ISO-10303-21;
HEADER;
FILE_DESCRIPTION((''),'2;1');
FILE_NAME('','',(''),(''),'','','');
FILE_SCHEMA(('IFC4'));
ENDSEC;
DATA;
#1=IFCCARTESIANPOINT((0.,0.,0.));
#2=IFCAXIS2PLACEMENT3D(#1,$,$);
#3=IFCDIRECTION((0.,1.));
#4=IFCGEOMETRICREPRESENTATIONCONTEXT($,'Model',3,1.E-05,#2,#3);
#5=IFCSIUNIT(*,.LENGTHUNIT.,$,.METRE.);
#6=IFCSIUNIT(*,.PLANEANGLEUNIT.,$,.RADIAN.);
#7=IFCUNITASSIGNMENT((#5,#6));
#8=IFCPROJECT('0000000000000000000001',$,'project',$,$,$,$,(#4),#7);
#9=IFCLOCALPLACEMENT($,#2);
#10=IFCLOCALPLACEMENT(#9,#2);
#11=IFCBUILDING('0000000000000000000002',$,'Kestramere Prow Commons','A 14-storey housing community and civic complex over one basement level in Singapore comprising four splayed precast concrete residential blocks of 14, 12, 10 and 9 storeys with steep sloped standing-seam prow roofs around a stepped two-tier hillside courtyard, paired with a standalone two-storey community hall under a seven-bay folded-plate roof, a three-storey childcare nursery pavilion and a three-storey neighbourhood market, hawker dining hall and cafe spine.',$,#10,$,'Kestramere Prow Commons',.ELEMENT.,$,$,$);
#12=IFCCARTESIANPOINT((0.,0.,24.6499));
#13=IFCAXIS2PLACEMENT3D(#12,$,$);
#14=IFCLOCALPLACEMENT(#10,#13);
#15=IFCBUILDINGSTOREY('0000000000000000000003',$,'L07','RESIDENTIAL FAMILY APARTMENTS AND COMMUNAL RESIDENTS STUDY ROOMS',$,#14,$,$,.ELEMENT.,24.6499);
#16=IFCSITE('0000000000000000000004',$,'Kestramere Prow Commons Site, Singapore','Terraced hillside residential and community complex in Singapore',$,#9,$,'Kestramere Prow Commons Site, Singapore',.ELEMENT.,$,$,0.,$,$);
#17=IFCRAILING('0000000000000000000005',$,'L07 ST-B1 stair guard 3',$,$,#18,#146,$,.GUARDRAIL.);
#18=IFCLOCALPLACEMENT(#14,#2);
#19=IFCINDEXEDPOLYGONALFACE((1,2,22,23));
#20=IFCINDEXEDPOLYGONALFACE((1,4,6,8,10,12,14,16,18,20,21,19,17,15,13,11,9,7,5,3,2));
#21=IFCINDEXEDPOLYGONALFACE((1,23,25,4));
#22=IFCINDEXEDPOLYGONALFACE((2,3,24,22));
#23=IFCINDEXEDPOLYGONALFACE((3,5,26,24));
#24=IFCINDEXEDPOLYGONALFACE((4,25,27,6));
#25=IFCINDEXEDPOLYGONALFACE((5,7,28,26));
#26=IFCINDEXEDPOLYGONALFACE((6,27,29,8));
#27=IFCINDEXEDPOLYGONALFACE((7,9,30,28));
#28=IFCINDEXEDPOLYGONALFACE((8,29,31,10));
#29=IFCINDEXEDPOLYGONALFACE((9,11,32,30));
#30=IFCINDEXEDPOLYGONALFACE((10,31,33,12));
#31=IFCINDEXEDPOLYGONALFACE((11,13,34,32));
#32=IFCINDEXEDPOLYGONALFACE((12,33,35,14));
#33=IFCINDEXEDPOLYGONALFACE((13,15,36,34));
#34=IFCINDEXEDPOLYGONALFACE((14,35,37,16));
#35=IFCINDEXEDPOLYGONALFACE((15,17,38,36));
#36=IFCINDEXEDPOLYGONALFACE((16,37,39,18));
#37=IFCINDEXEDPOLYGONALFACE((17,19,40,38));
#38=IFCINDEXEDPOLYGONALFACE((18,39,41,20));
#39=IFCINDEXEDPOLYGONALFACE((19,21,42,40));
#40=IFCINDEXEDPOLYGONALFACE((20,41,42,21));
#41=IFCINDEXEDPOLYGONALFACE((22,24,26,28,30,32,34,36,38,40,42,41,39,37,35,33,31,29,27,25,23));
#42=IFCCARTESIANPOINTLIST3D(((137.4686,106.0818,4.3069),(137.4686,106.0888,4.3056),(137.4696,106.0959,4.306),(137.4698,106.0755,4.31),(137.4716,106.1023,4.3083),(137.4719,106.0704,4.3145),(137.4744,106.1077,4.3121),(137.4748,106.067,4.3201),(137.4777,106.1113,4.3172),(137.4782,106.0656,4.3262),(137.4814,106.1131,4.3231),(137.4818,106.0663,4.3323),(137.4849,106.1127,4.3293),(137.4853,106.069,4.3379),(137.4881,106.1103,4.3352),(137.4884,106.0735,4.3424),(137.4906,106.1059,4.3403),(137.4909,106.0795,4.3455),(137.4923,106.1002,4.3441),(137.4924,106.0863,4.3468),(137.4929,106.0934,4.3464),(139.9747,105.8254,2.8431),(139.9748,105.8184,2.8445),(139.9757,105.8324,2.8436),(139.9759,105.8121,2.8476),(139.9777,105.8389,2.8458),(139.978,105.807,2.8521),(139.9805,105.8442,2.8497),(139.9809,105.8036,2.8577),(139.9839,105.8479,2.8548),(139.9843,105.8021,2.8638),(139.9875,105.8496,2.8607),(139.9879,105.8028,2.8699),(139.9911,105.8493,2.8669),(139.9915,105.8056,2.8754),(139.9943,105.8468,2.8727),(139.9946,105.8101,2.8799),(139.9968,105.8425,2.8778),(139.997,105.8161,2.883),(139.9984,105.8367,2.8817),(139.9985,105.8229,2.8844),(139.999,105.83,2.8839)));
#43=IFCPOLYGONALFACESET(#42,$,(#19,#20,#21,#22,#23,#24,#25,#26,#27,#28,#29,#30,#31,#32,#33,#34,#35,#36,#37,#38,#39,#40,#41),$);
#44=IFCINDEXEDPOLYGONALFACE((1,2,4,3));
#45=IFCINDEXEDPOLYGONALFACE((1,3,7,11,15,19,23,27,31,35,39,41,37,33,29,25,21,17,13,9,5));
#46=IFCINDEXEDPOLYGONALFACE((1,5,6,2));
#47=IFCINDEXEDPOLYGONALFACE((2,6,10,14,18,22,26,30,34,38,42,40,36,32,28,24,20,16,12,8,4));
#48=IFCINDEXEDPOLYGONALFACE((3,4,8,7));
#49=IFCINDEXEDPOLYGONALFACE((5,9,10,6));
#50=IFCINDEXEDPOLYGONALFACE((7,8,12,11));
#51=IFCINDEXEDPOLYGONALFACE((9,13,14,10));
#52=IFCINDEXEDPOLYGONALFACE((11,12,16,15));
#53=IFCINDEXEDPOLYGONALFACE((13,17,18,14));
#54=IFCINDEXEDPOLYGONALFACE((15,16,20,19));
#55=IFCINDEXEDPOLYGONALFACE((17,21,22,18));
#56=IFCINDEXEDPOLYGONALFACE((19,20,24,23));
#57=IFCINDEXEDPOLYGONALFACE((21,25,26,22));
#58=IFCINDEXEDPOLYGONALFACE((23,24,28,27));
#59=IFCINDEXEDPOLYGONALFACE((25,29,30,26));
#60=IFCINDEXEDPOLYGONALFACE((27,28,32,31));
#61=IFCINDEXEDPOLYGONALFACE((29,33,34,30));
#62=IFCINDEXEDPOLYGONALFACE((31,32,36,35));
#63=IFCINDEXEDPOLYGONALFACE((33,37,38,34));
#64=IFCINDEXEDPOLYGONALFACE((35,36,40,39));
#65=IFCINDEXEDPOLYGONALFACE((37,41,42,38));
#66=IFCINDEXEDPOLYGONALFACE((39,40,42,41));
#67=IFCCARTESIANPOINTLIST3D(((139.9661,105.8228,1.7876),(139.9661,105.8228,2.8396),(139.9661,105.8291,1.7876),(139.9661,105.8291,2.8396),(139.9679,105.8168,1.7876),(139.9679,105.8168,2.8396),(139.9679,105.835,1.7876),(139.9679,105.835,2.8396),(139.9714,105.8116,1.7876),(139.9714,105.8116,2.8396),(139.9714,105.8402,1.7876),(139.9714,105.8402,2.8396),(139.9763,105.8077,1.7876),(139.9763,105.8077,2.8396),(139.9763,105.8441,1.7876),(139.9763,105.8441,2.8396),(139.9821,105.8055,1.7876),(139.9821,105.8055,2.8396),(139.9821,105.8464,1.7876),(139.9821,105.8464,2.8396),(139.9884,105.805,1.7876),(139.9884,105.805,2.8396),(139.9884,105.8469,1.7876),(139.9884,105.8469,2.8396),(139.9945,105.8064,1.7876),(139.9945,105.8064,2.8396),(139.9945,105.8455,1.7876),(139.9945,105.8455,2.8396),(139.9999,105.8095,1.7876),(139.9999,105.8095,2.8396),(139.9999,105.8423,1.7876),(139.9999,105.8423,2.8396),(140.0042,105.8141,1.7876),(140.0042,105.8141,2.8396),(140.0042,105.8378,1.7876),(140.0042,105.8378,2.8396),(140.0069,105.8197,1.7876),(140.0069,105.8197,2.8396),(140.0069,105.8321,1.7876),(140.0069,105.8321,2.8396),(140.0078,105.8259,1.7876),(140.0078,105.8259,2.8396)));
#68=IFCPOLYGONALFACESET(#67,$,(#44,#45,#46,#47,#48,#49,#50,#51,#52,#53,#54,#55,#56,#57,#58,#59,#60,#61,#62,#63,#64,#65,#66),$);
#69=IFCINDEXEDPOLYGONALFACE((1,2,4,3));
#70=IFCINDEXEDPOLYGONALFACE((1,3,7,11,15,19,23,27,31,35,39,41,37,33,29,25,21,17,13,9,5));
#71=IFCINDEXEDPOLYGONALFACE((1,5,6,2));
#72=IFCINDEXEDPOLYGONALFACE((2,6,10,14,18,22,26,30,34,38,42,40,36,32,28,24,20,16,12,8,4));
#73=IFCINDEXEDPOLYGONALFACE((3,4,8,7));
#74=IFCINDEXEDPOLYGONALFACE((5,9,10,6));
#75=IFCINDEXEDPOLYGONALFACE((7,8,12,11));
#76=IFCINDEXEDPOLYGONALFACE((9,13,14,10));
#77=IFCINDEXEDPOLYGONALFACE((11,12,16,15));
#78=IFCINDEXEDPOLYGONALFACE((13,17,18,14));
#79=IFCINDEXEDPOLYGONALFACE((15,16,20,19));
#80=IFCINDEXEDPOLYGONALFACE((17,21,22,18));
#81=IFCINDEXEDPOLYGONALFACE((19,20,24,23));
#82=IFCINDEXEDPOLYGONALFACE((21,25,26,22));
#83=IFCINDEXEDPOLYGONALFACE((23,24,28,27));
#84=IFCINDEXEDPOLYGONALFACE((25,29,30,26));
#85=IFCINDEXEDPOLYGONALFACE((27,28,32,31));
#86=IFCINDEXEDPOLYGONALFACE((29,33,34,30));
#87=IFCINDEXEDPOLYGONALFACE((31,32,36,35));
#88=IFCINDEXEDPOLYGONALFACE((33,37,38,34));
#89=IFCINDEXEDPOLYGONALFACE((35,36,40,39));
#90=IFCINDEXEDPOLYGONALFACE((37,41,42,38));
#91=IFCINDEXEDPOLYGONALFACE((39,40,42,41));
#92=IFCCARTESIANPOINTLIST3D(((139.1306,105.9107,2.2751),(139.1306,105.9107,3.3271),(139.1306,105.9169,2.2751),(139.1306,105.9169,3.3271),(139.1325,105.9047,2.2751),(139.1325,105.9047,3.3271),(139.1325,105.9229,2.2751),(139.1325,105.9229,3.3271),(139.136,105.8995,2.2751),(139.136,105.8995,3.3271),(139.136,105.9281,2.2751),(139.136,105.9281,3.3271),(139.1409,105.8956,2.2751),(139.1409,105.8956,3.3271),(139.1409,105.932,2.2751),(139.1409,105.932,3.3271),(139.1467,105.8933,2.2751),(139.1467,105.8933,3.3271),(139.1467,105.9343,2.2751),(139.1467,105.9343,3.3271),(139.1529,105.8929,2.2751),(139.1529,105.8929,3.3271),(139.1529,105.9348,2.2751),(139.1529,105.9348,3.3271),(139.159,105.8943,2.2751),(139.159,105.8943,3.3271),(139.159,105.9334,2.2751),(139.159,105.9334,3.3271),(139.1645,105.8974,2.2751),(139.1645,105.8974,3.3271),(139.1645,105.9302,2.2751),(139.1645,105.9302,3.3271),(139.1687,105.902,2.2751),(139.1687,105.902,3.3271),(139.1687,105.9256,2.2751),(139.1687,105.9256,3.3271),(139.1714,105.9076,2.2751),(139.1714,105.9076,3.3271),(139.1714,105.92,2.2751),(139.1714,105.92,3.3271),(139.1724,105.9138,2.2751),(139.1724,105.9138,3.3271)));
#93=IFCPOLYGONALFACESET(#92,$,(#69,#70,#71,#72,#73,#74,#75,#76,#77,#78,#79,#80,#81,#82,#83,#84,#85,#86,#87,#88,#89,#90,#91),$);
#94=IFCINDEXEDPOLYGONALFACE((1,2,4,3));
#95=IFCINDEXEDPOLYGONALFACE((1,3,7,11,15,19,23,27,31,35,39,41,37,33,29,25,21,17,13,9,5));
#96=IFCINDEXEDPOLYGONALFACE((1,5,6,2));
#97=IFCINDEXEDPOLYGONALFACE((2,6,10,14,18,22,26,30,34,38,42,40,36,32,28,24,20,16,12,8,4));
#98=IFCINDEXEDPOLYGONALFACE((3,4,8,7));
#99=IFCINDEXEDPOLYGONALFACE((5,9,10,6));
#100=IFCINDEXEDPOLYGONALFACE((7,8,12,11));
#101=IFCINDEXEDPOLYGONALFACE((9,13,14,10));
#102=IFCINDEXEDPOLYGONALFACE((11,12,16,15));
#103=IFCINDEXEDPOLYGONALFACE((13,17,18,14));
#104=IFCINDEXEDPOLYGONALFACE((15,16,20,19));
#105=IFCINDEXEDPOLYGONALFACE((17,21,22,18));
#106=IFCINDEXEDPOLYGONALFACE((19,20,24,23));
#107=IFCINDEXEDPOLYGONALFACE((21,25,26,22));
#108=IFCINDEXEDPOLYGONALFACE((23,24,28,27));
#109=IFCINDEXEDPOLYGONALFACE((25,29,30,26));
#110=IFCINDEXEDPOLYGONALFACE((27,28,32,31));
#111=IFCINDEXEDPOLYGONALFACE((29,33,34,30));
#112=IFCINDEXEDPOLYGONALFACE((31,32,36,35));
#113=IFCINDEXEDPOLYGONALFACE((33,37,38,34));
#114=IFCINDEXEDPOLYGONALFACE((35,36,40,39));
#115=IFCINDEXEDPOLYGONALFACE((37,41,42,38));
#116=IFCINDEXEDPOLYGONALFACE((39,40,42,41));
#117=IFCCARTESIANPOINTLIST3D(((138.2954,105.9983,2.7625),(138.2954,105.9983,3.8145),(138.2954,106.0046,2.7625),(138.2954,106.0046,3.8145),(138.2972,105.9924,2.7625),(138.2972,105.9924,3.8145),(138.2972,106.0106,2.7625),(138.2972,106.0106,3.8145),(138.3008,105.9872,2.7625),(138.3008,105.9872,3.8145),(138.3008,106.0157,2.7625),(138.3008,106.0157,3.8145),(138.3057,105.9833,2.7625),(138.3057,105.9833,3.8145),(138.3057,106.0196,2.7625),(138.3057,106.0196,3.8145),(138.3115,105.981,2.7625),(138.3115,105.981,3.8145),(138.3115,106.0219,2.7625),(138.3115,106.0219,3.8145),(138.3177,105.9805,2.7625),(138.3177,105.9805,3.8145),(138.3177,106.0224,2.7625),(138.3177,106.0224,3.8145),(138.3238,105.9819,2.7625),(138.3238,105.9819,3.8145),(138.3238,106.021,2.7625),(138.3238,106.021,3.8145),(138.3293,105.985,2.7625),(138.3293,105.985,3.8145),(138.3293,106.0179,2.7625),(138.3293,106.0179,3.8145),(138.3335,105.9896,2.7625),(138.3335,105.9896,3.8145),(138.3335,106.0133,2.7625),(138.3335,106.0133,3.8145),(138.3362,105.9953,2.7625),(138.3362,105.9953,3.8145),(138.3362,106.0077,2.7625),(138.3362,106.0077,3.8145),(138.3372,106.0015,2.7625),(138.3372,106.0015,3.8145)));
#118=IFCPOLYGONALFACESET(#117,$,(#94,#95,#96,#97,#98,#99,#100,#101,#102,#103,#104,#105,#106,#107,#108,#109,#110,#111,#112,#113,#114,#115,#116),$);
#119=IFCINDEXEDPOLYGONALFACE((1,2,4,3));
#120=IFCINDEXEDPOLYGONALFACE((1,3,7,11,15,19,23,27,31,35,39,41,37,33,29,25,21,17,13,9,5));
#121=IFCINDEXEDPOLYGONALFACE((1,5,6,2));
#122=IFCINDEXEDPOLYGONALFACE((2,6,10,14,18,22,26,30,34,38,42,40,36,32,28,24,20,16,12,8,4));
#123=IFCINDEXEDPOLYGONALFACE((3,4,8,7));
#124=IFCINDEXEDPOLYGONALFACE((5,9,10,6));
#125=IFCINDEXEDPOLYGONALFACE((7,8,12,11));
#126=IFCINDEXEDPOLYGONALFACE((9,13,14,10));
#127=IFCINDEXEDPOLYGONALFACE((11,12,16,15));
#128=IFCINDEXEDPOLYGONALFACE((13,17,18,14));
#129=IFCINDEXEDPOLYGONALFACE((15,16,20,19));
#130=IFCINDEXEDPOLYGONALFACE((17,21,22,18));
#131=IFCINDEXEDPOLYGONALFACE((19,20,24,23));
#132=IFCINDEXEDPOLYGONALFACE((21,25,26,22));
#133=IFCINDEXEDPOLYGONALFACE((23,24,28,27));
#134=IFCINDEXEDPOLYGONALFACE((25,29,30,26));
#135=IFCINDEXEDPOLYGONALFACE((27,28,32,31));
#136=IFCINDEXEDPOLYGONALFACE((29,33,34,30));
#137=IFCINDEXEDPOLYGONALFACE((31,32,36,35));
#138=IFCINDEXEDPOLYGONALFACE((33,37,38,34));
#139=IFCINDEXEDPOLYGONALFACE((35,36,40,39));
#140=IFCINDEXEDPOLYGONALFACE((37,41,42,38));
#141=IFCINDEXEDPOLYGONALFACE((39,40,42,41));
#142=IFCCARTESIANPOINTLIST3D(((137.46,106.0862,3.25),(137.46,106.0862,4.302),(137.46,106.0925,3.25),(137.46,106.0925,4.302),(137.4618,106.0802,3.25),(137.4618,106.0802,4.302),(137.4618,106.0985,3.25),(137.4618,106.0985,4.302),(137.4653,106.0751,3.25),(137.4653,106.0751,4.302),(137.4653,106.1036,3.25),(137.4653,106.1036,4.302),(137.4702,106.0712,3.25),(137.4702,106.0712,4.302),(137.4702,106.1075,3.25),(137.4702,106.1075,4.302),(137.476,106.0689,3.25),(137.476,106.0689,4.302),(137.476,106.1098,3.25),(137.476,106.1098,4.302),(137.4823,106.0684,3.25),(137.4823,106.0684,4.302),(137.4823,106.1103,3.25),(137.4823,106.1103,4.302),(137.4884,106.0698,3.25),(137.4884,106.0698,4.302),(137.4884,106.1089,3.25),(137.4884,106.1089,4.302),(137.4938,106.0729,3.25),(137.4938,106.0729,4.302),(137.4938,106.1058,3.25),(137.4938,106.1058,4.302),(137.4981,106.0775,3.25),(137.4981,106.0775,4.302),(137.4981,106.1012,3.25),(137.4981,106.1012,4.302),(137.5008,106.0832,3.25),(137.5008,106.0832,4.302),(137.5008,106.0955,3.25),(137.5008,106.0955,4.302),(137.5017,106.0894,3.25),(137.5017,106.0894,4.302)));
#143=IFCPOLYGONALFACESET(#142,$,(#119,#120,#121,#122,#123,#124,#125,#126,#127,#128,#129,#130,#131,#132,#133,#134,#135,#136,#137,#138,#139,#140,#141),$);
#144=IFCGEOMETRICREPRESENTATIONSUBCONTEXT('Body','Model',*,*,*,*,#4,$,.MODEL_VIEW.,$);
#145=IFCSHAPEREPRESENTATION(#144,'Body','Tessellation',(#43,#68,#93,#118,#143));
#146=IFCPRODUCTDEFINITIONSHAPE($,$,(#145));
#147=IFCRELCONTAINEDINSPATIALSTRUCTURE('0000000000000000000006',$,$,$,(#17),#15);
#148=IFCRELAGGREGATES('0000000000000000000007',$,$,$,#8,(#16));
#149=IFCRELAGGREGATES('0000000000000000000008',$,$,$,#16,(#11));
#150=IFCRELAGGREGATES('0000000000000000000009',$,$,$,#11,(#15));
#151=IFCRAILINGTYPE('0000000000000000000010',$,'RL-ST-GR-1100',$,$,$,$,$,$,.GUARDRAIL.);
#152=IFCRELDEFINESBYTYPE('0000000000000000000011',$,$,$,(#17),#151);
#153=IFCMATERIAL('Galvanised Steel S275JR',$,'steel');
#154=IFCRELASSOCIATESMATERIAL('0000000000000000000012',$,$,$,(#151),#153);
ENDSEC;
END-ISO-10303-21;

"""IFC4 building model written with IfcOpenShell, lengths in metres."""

from ifc_helpers import new_model, si_unit, direction, frame, origin, origin_2d, place, context, subcontext, project, spatial, circle, extrude, material, type_object, element, save


model = new_model("IFC4")

# Units and contexts
model_context = context("Model", 3, precision=1e-05, world=origin(), true_north=direction((0.0, 1.0)))
body_context = subcontext(model_context, "Body", "Model", "MODEL_VIEW")
ifc_project = project(units=[si_unit("LENGTHUNIT", "METRE"), si_unit("PLANEANGLEUNIT", "RADIAN")], contexts=[model_context])

# Site, building, storey
site_placement = place(None, origin())
site = spatial("IfcSite", under=ifc_project, at=site_placement, Name="Kestramere Prow Commons Site, Singapore", Description="Terraced hillside residential and community complex in Singapore", LongName="Kestramere Prow Commons Site, Singapore", CompositionType="ELEMENT", RefElevation=0.0)
building_placement = place(site_placement, origin())
building = spatial("IfcBuilding", under=site, at=building_placement, Name="Kestramere Prow Commons", Description="A 14-storey housing community and civic complex over one basement level in Singapore comprising four splayed precast concrete residential blocks of 14, 12, 10 and 9 storeys with steep sloped standing-seam prow roofs around a stepped two-tier hillside courtyard, paired with a standalone two-storey community hall under a seven-bay folded-plate roof, a three-storey childcare nursery pavilion and a three-storey neighbourhood market, hawker dining hall and cafe spine.", LongName="Kestramere Prow Commons", CompositionType="ELEMENT")
storey_placement = place(building_placement, frame((0.0, 0.0, 24.6499)))
storey = spatial("IfcBuildingStorey", under=building, at=storey_placement, Name="L07", Description="RESIDENTIAL FAMILY APARTMENTS AND COMMUNAL RESIDENTS STUDY ROOMS", CompositionType="ELEMENT", Elevation=24.6499)

# Railing
ifc_material_1 = material(Name="Galvanised Steel S275JR", Category="steel")
railing_type_1 = type_object("IfcRailingType", Name="RL-ST-GR-1100", PredefinedType="GUARDRAIL", material=ifc_material_1)
railing_1_placement = place(storey_placement, frame((139.9868, 105.8259, 1.7876)))
element("IfcRailing", 1, at=railing_1_placement, inside=storey, type_object=railing_type_1, Name="L07 ST-B1 stair guard 3", PredefinedType="GUARDRAIL", context=body_context, shape_type="SweptSolid", body=[
    extrude(circle(Radius=0.0239, at=origin_2d()), frame((0.0, 0.0, 1.0762), z_axis=(-0.860165, 0.090416, 0.501937), x_axis=(-0.104539, -0.994521, 0.0)), (0.0, 0.0, 1.0), 2.9136),
    extrude(circle(Radius=0.021, at=origin_2d()), origin(), (0.0, 0.0, 1.0), 1.052),
    extrude(circle(Radius=0.021, at=origin_2d()), frame((-0.8354, 0.0879, 0.4875)), (0.0, 0.0, 1.0), 1.052),
    extrude(circle(Radius=0.021, at=origin_2d()), frame((-1.6707, 0.1755, 0.9749)), (0.0, 0.0, 1.0), 1.052),
    extrude(circle(Radius=0.021, at=origin_2d()), frame((-2.5061, 0.2634, 1.4624)), (0.0, 0.0, 1.0), 1.052),
])

save(model, "model.ifc")
